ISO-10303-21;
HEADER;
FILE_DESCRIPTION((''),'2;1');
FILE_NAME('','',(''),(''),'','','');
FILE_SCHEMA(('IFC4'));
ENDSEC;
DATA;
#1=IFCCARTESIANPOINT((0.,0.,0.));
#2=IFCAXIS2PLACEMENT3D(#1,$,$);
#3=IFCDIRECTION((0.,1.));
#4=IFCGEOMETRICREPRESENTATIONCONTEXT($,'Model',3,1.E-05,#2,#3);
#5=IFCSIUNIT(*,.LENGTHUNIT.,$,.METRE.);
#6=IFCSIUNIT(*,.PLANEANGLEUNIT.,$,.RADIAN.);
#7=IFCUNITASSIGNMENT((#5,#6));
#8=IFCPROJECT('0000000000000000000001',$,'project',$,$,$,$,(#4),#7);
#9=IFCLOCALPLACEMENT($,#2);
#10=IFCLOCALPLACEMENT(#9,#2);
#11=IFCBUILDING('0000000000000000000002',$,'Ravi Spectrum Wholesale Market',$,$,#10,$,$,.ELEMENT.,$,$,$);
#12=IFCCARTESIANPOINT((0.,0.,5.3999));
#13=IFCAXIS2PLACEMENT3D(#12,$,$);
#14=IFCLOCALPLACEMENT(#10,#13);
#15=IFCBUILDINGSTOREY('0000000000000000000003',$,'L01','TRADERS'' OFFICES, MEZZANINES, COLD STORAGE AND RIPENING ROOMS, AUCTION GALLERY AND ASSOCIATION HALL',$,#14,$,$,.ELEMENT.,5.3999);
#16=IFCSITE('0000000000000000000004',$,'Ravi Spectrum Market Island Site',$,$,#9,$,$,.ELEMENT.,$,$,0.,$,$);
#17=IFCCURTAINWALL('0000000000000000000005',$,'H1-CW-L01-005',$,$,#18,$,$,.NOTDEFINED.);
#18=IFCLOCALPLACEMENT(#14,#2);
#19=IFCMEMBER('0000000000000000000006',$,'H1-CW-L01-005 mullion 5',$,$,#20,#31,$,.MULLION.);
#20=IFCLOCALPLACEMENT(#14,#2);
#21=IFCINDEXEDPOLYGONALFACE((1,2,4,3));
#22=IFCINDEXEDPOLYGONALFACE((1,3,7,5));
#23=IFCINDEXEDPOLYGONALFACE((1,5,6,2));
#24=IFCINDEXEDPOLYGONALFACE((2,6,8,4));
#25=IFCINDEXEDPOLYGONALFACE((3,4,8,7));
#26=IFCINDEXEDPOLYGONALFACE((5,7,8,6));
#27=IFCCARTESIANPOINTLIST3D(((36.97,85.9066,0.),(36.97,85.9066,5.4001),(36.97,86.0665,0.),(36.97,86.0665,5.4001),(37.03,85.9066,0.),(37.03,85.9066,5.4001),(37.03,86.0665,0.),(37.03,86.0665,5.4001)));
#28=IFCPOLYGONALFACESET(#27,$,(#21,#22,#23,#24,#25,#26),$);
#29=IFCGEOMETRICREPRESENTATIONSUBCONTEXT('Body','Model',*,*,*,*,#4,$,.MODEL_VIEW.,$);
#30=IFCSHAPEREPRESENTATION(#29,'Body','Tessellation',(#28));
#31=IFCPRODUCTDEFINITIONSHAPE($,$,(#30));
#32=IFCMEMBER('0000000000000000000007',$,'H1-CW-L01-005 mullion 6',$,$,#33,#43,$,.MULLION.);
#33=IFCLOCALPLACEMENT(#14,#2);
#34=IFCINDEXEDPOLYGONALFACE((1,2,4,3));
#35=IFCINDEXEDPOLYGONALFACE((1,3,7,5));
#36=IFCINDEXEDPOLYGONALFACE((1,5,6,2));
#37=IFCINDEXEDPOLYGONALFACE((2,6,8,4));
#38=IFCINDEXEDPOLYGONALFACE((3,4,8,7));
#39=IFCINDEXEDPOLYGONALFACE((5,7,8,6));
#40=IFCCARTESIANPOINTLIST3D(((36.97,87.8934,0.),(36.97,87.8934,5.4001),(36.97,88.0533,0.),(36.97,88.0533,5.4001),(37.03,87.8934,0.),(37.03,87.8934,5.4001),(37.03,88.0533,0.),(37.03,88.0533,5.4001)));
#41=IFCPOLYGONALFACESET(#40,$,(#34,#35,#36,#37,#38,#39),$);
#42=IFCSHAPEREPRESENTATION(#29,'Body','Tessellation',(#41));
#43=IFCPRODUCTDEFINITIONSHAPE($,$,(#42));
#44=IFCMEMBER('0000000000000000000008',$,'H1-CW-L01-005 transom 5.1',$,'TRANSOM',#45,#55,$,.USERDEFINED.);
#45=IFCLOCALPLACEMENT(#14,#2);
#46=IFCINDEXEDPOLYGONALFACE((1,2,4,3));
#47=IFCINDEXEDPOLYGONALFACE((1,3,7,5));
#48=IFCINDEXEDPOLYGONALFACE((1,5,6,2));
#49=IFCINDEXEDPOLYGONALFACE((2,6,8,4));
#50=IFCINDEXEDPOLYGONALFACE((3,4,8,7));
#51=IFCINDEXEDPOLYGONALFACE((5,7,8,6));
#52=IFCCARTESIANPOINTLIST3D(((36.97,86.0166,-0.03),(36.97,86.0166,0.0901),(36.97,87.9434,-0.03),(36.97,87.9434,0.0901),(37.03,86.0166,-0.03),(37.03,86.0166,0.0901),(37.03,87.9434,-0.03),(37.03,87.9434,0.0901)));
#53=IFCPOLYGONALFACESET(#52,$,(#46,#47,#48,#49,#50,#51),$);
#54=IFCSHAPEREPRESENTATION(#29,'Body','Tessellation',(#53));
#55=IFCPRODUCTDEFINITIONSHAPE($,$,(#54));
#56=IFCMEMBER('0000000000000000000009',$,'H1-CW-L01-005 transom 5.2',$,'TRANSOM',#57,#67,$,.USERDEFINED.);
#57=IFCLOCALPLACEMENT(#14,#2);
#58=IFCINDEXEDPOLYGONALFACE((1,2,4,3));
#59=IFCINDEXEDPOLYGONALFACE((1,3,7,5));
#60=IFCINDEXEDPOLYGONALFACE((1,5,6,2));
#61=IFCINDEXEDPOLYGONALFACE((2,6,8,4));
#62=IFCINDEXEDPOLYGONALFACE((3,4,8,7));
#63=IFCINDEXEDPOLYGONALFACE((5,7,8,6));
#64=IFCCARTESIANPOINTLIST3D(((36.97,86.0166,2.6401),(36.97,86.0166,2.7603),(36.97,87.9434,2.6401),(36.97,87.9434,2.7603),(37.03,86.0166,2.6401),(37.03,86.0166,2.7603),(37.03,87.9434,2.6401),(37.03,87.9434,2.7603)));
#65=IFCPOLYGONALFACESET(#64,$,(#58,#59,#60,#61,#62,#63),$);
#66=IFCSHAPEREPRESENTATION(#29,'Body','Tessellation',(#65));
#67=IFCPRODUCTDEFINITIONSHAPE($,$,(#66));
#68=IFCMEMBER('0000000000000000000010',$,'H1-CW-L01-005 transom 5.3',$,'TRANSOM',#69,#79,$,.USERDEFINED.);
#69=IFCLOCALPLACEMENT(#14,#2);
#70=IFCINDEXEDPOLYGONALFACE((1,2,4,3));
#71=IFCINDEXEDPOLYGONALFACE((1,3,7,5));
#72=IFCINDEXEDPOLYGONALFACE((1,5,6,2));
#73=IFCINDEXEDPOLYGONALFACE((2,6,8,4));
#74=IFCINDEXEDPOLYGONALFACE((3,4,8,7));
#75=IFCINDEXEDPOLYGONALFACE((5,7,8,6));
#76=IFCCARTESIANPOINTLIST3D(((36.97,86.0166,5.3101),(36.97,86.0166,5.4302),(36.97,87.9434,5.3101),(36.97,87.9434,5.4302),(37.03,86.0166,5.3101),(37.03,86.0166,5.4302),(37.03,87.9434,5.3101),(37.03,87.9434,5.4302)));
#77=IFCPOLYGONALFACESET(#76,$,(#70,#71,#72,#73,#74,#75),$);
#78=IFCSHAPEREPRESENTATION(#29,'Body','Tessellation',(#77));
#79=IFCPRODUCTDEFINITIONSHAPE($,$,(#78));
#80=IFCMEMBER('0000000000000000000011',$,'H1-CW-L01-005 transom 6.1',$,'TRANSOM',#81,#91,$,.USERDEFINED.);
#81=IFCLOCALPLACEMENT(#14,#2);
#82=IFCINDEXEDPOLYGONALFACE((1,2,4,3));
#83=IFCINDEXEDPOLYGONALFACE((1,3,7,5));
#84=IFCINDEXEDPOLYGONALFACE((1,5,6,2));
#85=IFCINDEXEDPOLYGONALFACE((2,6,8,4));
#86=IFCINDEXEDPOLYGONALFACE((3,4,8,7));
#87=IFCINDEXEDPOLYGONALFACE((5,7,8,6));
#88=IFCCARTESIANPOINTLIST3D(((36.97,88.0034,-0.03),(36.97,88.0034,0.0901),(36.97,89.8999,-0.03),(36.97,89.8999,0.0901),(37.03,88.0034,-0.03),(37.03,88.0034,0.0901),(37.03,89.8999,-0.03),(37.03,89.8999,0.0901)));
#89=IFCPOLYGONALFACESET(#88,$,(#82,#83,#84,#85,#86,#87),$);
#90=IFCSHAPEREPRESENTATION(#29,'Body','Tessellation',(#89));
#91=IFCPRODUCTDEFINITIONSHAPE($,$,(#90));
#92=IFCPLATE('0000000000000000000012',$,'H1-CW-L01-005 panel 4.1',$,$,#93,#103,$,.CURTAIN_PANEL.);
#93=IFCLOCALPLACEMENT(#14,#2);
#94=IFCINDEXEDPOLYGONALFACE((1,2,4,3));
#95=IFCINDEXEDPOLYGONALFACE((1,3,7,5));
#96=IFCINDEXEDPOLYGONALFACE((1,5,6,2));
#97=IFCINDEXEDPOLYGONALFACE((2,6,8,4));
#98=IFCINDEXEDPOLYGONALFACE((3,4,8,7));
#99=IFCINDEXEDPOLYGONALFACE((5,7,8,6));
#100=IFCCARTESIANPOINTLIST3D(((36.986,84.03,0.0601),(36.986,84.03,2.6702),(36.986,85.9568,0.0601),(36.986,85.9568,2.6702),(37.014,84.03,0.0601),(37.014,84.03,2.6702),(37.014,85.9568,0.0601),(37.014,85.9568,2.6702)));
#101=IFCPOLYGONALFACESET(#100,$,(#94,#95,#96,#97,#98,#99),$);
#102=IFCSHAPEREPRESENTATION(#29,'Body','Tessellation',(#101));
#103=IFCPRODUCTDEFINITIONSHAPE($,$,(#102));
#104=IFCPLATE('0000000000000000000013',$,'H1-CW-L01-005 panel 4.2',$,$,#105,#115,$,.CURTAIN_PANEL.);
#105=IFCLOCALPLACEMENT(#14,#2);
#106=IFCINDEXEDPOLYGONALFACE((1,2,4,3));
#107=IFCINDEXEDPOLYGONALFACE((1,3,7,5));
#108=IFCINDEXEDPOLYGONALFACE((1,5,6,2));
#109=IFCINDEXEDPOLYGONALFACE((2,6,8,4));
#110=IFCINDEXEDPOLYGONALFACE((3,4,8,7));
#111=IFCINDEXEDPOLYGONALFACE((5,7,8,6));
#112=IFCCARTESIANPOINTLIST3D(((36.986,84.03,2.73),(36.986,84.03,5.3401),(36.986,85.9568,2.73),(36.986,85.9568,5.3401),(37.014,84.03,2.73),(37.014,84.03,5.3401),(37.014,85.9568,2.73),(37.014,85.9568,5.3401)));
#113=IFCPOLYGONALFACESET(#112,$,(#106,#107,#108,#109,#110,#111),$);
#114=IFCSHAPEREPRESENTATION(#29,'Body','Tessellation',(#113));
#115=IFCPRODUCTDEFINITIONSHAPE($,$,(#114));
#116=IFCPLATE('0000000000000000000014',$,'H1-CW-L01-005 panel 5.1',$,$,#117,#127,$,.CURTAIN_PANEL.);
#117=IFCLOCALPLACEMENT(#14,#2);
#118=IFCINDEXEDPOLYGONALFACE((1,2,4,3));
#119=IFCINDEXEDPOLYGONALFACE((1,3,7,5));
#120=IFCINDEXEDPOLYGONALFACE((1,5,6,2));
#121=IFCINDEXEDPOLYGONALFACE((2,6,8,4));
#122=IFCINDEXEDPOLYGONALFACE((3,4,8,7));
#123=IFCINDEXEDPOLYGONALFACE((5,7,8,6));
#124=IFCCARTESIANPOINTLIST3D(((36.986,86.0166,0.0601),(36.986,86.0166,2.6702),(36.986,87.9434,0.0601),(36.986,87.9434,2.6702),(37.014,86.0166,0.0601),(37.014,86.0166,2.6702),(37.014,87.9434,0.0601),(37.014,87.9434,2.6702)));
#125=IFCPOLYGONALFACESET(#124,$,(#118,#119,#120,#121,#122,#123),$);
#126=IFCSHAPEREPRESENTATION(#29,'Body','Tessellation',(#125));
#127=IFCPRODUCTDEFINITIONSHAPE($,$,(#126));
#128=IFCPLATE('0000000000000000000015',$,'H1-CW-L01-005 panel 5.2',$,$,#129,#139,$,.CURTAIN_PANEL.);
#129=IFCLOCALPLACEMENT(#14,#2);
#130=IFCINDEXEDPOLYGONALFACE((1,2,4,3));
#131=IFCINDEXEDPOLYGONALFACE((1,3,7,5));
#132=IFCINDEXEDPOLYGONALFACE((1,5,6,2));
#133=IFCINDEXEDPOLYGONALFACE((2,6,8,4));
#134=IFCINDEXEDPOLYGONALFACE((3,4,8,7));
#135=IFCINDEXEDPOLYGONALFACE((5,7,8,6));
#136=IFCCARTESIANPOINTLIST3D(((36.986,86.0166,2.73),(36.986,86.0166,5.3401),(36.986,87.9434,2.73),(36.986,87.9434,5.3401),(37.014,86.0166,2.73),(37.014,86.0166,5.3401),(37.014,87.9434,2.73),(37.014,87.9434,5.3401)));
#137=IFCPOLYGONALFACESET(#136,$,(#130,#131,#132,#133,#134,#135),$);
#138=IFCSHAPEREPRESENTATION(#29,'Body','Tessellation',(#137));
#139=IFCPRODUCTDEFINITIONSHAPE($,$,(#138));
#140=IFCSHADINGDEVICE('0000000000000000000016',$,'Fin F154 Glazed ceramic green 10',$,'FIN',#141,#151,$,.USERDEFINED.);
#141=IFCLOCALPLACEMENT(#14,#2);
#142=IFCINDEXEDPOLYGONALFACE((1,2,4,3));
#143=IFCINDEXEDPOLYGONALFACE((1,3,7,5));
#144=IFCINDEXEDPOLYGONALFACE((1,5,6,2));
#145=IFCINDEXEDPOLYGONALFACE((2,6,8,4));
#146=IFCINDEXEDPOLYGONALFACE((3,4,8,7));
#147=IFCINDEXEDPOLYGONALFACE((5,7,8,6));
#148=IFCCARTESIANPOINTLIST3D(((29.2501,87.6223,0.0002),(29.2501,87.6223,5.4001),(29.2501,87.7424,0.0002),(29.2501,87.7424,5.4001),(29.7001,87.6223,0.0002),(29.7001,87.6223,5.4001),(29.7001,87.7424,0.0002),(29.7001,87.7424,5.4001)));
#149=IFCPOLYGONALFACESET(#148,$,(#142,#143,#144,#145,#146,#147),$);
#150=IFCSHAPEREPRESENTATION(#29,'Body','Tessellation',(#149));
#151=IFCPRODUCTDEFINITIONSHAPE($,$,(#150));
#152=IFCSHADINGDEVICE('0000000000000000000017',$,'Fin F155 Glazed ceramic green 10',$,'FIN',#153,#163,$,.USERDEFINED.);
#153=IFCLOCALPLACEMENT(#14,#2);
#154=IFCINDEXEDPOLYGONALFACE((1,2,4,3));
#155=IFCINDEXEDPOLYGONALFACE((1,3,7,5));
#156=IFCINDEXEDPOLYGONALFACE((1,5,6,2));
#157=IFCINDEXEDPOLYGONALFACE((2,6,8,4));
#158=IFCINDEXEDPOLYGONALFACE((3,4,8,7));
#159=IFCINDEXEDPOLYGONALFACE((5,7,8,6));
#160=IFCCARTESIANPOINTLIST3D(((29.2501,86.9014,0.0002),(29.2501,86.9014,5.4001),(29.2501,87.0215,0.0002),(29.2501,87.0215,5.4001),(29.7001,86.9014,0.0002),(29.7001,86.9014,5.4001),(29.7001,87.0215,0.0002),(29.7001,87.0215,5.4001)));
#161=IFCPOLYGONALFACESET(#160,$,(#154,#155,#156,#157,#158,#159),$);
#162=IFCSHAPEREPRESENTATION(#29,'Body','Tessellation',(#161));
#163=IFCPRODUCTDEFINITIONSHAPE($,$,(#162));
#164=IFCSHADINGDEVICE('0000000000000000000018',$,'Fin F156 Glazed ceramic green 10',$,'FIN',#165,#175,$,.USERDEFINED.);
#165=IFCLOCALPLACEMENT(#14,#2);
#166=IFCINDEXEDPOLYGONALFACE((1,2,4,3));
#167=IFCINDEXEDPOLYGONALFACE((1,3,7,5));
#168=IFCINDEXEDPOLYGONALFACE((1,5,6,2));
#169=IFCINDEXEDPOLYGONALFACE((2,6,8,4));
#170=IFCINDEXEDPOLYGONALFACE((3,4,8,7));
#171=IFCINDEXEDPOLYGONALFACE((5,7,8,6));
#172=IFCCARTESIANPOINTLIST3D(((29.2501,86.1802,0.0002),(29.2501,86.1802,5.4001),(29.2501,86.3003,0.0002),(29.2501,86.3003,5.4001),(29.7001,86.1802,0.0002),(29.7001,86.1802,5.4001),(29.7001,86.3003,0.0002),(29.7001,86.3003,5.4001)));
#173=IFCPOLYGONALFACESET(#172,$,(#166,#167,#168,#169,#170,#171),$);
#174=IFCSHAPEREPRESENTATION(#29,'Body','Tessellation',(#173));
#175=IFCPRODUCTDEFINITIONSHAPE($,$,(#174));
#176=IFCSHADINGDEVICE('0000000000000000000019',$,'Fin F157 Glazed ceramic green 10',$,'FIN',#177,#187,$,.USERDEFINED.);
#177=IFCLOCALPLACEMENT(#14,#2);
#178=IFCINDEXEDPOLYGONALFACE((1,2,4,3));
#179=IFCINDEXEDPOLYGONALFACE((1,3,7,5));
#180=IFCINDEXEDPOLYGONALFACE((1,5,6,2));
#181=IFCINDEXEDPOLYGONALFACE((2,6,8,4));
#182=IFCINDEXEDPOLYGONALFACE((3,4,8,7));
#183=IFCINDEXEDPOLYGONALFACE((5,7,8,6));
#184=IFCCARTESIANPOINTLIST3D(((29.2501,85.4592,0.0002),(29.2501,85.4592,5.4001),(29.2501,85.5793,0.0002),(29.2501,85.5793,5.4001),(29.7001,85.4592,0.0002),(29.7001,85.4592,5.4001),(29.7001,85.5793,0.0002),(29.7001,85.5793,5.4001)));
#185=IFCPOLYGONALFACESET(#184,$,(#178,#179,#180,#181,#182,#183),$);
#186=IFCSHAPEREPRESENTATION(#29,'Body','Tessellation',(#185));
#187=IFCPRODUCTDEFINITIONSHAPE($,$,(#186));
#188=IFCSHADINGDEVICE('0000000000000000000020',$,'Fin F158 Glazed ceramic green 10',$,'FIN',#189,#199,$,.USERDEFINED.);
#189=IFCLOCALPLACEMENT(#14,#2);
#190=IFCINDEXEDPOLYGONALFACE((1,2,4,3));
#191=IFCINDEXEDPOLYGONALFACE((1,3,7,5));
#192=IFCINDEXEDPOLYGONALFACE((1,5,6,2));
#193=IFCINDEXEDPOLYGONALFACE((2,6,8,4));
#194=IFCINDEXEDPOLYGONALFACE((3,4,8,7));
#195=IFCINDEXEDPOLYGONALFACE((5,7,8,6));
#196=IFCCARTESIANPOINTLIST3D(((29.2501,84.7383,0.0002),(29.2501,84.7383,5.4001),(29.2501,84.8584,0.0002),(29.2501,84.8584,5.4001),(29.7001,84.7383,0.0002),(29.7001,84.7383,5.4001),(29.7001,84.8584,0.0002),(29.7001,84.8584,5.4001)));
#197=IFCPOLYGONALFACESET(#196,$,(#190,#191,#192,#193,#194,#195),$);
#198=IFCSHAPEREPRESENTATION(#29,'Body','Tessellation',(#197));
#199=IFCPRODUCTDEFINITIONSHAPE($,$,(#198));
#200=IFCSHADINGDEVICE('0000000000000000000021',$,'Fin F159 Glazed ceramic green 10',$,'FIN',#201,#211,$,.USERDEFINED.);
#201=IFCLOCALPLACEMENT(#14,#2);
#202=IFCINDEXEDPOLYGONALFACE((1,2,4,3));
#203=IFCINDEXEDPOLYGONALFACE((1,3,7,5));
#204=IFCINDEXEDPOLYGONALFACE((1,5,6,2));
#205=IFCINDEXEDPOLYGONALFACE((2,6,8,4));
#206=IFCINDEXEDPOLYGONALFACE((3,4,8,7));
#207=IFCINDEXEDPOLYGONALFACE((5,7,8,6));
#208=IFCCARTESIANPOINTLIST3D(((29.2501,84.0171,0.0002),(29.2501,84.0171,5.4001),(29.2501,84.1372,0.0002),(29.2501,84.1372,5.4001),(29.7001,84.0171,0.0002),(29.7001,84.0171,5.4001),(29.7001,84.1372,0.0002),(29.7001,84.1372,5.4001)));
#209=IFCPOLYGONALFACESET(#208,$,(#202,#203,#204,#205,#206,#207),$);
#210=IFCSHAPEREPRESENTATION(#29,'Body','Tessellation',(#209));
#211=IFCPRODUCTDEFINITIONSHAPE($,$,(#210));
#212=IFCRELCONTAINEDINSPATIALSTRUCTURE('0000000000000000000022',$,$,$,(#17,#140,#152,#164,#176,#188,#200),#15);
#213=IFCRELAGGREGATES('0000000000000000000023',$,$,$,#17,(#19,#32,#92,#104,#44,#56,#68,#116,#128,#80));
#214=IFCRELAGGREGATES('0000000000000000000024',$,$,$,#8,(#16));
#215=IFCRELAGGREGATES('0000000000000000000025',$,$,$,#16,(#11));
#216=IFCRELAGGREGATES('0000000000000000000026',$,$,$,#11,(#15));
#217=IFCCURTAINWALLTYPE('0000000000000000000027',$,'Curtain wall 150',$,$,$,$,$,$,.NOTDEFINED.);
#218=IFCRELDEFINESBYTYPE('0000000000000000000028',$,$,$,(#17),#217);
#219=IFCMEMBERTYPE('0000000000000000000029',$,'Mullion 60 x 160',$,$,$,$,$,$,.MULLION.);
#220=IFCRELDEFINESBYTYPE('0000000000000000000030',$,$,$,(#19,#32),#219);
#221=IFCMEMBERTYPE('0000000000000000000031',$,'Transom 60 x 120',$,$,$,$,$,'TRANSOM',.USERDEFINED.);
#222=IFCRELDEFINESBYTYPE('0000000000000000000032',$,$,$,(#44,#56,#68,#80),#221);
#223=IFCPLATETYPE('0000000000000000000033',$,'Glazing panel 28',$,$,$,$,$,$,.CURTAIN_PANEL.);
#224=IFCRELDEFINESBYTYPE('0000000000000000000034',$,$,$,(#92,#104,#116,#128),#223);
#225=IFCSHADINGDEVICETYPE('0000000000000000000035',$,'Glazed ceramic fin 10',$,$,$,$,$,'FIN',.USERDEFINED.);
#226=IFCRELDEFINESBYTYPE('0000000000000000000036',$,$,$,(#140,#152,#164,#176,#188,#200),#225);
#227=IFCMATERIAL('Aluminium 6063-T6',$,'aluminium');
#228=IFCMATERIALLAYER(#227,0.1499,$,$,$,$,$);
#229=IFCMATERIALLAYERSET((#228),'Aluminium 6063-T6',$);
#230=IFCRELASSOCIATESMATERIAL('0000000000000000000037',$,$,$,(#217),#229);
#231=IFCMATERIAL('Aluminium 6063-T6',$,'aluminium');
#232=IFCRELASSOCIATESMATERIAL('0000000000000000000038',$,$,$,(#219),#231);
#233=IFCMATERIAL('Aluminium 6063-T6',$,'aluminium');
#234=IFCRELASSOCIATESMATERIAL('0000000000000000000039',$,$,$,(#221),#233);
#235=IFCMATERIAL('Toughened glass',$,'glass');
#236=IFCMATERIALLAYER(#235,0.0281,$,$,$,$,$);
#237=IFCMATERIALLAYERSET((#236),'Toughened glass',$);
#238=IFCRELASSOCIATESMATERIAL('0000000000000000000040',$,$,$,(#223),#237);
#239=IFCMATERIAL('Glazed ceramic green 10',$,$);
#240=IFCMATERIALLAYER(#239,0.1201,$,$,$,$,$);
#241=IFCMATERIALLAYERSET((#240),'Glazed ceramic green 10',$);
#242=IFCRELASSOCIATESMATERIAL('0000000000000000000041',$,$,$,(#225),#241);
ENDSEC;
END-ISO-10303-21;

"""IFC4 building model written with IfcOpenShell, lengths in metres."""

from ifc_helpers import new_model, si_unit, direction, frame, origin, origin_2d, place, context, subcontext, project, spatial, rectangle, extrude, material, layer, layer_set, material_profile, profile_set, type_object, element, aggregate, save


model = new_model("IFC4")

# Units and contexts
model_context = context("Model", 3, precision=1e-05, world=origin(), true_north=direction((0.0, 1.0)))
body_context = subcontext(model_context, "Body", "Model", "MODEL_VIEW")
ifc_project = project(units=[si_unit("LENGTHUNIT", "METRE"), si_unit("PLANEANGLEUNIT", "RADIAN")], contexts=[model_context])

# Site, building, storey
site_placement = place(None, origin())
site = spatial("IfcSite", under=ifc_project, at=site_placement, Name="Ravi Spectrum Market Island Site", CompositionType="ELEMENT", RefElevation=0.0)
building_placement = place(site_placement, origin())
building = spatial("IfcBuilding", under=site, at=building_placement, Name="Ravi Spectrum Wholesale Market", CompositionType="ELEMENT")
storey_placement = place(building_placement, frame((0.0, 0.0, 5.3999)))
storey = spatial("IfcBuildingStorey", under=building, at=storey_placement, Name="L01", Description="TRADERS' OFFICES, MEZZANINES, COLD STORAGE AND RIPENING ROOMS, AUCTION GALLERY AND ASSOCIATION HALL", CompositionType="ELEMENT", Elevation=5.3999)

# Curtain wall, members, plates
ifc_material_1 = material(Name="Aluminium 6063-T6", Category="aluminium")
ifc_layer_1 = layer(ifc_material_1, 0.1499)
ifc_layer_set_1 = layer_set([ifc_layer_1], Name="Aluminium 6063-T6")
curtain_wall_type = type_object("IfcCurtainWallType", Name="Curtain wall 150", PredefinedType="NOTDEFINED", material=ifc_layer_set_1)
curtain_wall_placement = place(storey_placement, origin())
curtain_wall = element("IfcCurtainWall", 1, at=curtain_wall_placement, inside=storey, type_object=curtain_wall_type, Name="H1-CW-L01-005", PredefinedType="NOTDEFINED")
ifc_material_2 = material(Name="Aluminium 6063-T6", Category="aluminium")
ifc_material_profile_1 = material_profile(ifc_material_2, rectangle(XDim=0.0601, YDim=0.1599, at=origin_2d()))
ifc_profile_set_1 = profile_set([ifc_material_profile_1], Name="Aluminium 6063-T6")
member_type_1 = type_object("IfcMemberType", Name="Mullion 60 x 160", PredefinedType="MULLION", material=ifc_profile_set_1)
member_1_placement = place(storey_placement, frame((37.0, 85.9866, 0.0), z_axis=(0.0, 0.0, 1.0), x_axis=(-1.0, 0.0, 0.0)))
member_1 = element("IfcMember", 2, at=member_1_placement, type_object=member_type_1, Name="H1-CW-L01-005 mullion 5", PredefinedType="MULLION", context=body_context, shape_type="SweptSolid", body=[
    extrude(rectangle(XDim=0.0601, YDim=0.1599, at=origin_2d()), origin(), (0.0, 0.0, 1.0), 5.4001),
])
member_2_placement = place(storey_placement, frame((37.0, 87.9734, 0.0), z_axis=(0.0, 0.0, 1.0), x_axis=(-1.0, 0.0, 0.0)))
member_2 = element("IfcMember", 3, at=member_2_placement, type_object=member_type_1, Name="H1-CW-L01-005 mullion 6", PredefinedType="MULLION", context=body_context, shape_type="SweptSolid", body=[
    extrude(rectangle(XDim=0.0601, YDim=0.1599, at=origin_2d()), origin(), (0.0, 0.0, 1.0), 5.4001),
])
ifc_material_3 = material(Name="Aluminium 6063-T6", Category="aluminium")
ifc_material_profile_2 = material_profile(ifc_material_3, rectangle(XDim=0.0601, YDim=0.1201, at=origin_2d()))
ifc_profile_set_2 = profile_set([ifc_material_profile_2], Name="Aluminium 6063-T6")
member_type_2 = type_object("IfcMemberType", Name="Transom 60 x 120", ElementType="TRANSOM", PredefinedType="USERDEFINED", material=ifc_profile_set_2)
member_3_placement = place(storey_placement, frame((37.0, 86.0166, 0.03), z_axis=(0.0, 1.0, 0.0), x_axis=(-1.0, 0.0, 0.0)))
member_3 = element("IfcMember", 4, at=member_3_placement, type_object=member_type_2, Name="H1-CW-L01-005 transom 5.1", ObjectType="TRANSOM", PredefinedType="USERDEFINED", context=body_context, shape_type="SweptSolid", body=[
    extrude(rectangle(XDim=0.0601, YDim=0.1201, at=origin_2d()), origin(), (0.0, 0.0, 1.0), 1.9268),
])
member_4_placement = place(storey_placement, frame((37.0, 86.0166, 2.7002), z_axis=(0.0, 1.0, 0.0), x_axis=(-1.0, 0.0, 0.0)))
member_4 = element("IfcMember", 5, at=member_4_placement, type_object=member_type_2, Name="H1-CW-L01-005 transom 5.2", ObjectType="TRANSOM", PredefinedType="USERDEFINED", context=body_context, shape_type="SweptSolid", body=[
    extrude(rectangle(XDim=0.0601, YDim=0.1201, at=origin_2d()), origin(), (0.0, 0.0, 1.0), 1.9268),
])
member_5_placement = place(storey_placement, frame((37.0, 86.0166, 5.3701), z_axis=(0.0, 1.0, 0.0), x_axis=(-1.0, 0.0, 0.0)))
member_5 = element("IfcMember", 6, at=member_5_placement, type_object=member_type_2, Name="H1-CW-L01-005 transom 5.3", ObjectType="TRANSOM", PredefinedType="USERDEFINED", context=body_context, shape_type="SweptSolid", body=[
    extrude(rectangle(XDim=0.0601, YDim=0.1201, at=origin_2d()), origin(), (0.0, 0.0, 1.0), 1.9268),
])
member_6_placement = place(storey_placement, frame((37.0, 88.0034, 0.03), z_axis=(0.0, 1.0, 0.0), x_axis=(-1.0, 0.0, 0.0)))
member_6 = element("IfcMember", 7, at=member_6_placement, type_object=member_type_2, Name="H1-CW-L01-005 transom 6.1", ObjectType="TRANSOM", PredefinedType="USERDEFINED", context=body_context, shape_type="SweptSolid", body=[
    extrude(rectangle(XDim=0.0601, YDim=0.1201, at=origin_2d()), origin(), (0.0, 0.0, 1.0), 1.8965),
])
ifc_material_4 = material(Name="Toughened glass", Category="glass")
ifc_layer_2 = layer(ifc_material_4, 0.0281)
ifc_layer_set_2 = layer_set([ifc_layer_2], Name="Toughened glass")
plate_type = type_object("IfcPlateType", Name="Glazing panel 28", PredefinedType="CURTAIN_PANEL", material=ifc_layer_set_2)
plate_1_placement = place(storey_placement, frame((37.0, 84.9934, 0.0601), z_axis=(0.0, 0.0, 1.0), x_axis=(0.0, 1.0, 0.0)))
plate_1 = element("IfcPlate", 8, at=plate_1_placement, type_object=plate_type, Name="H1-CW-L01-005 panel 4.1", PredefinedType="CURTAIN_PANEL", context=body_context, shape_type="SweptSolid", body=[
    extrude(rectangle(XDim=1.9268, YDim=0.0281, at=origin_2d()), origin(), (0.0, 0.0, 1.0), 2.6101),
])
plate_2_placement = place(storey_placement, frame((37.0, 84.9934, 2.73), z_axis=(0.0, 0.0, 1.0), x_axis=(0.0, 1.0, 0.0)))
plate_2 = element("IfcPlate", 9, at=plate_2_placement, type_object=plate_type, Name="H1-CW-L01-005 panel 4.2", PredefinedType="CURTAIN_PANEL", context=body_context, shape_type="SweptSolid", body=[
    extrude(rectangle(XDim=1.9268, YDim=0.0281, at=origin_2d()), origin(), (0.0, 0.0, 1.0), 2.6101),
])
plate_3_placement = place(storey_placement, frame((37.0, 86.98, 0.0601), z_axis=(0.0, 0.0, 1.0), x_axis=(0.0, 1.0, 0.0)))
plate_3 = element("IfcPlate", 10, at=plate_3_placement, type_object=plate_type, Name="H1-CW-L01-005 panel 5.1", PredefinedType="CURTAIN_PANEL", context=body_context, shape_type="SweptSolid", body=[
    extrude(rectangle(XDim=1.9268, YDim=0.0281, at=origin_2d()), origin(), (0.0, 0.0, 1.0), 2.6101),
])
plate_4_placement = place(storey_placement, frame((37.0, 86.98, 2.73), z_axis=(0.0, 0.0, 1.0), x_axis=(0.0, 1.0, 0.0)))
plate_4 = element("IfcPlate", 11, at=plate_4_placement, type_object=plate_type, Name="H1-CW-L01-005 panel 5.2", PredefinedType="CURTAIN_PANEL", context=body_context, shape_type="SweptSolid", body=[
    extrude(rectangle(XDim=1.9268, YDim=0.0281, at=origin_2d()), origin(), (0.0, 0.0, 1.0), 2.6101),
])
aggregate(curtain_wall, [member_1, member_2, plate_1, plate_2, member_3, member_4, member_5, plate_3, plate_4, member_6])

# Shading devices
ifc_material_5 = material(Name="Glazed ceramic green 10")
ifc_layer_3 = layer(ifc_material_5, 0.1201)
ifc_layer_set_3 = layer_set([ifc_layer_3], Name="Glazed ceramic green 10")
shading_device_type = type_object("IfcShadingDeviceType", Name="Glazed ceramic fin 10", ElementType="FIN", PredefinedType="USERDEFINED", material=ifc_layer_set_3)
for number, where, z_axis, x_axis, name in (
    (12, (29.4751, 87.6824, 0.0002), (0.0, 0.0, 1.0), (0.0, -1.0, 0.0), "Fin F154 Glazed ceramic green 10"),
    (13, (29.4751, 86.9614, 0.0002), (0.0, 0.0, 1.0), (0.0, -1.0, 0.0), "Fin F155 Glazed ceramic green 10"),
    (14, (29.4751, 86.2402, 0.0002), (0.0, 0.0, 1.0), (0.0, -1.0, 0.0), "Fin F156 Glazed ceramic green 10"),
    (15, (29.4751, 85.5193, 0.0002), (0.0, 0.0, 1.0), (0.0, -1.0, 0.0), "Fin F157 Glazed ceramic green 10"),
    (16, (29.4751, 84.7983, 0.0002), (0.0, 0.0, 1.0), (0.0, -1.0, 0.0), "Fin F158 Glazed ceramic green 10"),
    (17, (29.4751, 84.0771, 0.0002), (0.0, 0.0, 1.0), (0.0, -1.0, 0.0), "Fin F159 Glazed ceramic green 10"),
):
    element("IfcShadingDevice", number, at=place(storey_placement, frame(where, z_axis=z_axis, x_axis=x_axis)), inside=storey, type_object=shading_device_type, Name=name, ObjectType="FIN", PredefinedType="USERDEFINED", context=body_context, shape_type="SweptSolid", body=[
        extrude(rectangle(XDim=0.1201, YDim=0.45, at=origin_2d()), origin(), (0.0, 0.0, 1.0), 5.3999),
    ])

save(model, "model.ifc")
